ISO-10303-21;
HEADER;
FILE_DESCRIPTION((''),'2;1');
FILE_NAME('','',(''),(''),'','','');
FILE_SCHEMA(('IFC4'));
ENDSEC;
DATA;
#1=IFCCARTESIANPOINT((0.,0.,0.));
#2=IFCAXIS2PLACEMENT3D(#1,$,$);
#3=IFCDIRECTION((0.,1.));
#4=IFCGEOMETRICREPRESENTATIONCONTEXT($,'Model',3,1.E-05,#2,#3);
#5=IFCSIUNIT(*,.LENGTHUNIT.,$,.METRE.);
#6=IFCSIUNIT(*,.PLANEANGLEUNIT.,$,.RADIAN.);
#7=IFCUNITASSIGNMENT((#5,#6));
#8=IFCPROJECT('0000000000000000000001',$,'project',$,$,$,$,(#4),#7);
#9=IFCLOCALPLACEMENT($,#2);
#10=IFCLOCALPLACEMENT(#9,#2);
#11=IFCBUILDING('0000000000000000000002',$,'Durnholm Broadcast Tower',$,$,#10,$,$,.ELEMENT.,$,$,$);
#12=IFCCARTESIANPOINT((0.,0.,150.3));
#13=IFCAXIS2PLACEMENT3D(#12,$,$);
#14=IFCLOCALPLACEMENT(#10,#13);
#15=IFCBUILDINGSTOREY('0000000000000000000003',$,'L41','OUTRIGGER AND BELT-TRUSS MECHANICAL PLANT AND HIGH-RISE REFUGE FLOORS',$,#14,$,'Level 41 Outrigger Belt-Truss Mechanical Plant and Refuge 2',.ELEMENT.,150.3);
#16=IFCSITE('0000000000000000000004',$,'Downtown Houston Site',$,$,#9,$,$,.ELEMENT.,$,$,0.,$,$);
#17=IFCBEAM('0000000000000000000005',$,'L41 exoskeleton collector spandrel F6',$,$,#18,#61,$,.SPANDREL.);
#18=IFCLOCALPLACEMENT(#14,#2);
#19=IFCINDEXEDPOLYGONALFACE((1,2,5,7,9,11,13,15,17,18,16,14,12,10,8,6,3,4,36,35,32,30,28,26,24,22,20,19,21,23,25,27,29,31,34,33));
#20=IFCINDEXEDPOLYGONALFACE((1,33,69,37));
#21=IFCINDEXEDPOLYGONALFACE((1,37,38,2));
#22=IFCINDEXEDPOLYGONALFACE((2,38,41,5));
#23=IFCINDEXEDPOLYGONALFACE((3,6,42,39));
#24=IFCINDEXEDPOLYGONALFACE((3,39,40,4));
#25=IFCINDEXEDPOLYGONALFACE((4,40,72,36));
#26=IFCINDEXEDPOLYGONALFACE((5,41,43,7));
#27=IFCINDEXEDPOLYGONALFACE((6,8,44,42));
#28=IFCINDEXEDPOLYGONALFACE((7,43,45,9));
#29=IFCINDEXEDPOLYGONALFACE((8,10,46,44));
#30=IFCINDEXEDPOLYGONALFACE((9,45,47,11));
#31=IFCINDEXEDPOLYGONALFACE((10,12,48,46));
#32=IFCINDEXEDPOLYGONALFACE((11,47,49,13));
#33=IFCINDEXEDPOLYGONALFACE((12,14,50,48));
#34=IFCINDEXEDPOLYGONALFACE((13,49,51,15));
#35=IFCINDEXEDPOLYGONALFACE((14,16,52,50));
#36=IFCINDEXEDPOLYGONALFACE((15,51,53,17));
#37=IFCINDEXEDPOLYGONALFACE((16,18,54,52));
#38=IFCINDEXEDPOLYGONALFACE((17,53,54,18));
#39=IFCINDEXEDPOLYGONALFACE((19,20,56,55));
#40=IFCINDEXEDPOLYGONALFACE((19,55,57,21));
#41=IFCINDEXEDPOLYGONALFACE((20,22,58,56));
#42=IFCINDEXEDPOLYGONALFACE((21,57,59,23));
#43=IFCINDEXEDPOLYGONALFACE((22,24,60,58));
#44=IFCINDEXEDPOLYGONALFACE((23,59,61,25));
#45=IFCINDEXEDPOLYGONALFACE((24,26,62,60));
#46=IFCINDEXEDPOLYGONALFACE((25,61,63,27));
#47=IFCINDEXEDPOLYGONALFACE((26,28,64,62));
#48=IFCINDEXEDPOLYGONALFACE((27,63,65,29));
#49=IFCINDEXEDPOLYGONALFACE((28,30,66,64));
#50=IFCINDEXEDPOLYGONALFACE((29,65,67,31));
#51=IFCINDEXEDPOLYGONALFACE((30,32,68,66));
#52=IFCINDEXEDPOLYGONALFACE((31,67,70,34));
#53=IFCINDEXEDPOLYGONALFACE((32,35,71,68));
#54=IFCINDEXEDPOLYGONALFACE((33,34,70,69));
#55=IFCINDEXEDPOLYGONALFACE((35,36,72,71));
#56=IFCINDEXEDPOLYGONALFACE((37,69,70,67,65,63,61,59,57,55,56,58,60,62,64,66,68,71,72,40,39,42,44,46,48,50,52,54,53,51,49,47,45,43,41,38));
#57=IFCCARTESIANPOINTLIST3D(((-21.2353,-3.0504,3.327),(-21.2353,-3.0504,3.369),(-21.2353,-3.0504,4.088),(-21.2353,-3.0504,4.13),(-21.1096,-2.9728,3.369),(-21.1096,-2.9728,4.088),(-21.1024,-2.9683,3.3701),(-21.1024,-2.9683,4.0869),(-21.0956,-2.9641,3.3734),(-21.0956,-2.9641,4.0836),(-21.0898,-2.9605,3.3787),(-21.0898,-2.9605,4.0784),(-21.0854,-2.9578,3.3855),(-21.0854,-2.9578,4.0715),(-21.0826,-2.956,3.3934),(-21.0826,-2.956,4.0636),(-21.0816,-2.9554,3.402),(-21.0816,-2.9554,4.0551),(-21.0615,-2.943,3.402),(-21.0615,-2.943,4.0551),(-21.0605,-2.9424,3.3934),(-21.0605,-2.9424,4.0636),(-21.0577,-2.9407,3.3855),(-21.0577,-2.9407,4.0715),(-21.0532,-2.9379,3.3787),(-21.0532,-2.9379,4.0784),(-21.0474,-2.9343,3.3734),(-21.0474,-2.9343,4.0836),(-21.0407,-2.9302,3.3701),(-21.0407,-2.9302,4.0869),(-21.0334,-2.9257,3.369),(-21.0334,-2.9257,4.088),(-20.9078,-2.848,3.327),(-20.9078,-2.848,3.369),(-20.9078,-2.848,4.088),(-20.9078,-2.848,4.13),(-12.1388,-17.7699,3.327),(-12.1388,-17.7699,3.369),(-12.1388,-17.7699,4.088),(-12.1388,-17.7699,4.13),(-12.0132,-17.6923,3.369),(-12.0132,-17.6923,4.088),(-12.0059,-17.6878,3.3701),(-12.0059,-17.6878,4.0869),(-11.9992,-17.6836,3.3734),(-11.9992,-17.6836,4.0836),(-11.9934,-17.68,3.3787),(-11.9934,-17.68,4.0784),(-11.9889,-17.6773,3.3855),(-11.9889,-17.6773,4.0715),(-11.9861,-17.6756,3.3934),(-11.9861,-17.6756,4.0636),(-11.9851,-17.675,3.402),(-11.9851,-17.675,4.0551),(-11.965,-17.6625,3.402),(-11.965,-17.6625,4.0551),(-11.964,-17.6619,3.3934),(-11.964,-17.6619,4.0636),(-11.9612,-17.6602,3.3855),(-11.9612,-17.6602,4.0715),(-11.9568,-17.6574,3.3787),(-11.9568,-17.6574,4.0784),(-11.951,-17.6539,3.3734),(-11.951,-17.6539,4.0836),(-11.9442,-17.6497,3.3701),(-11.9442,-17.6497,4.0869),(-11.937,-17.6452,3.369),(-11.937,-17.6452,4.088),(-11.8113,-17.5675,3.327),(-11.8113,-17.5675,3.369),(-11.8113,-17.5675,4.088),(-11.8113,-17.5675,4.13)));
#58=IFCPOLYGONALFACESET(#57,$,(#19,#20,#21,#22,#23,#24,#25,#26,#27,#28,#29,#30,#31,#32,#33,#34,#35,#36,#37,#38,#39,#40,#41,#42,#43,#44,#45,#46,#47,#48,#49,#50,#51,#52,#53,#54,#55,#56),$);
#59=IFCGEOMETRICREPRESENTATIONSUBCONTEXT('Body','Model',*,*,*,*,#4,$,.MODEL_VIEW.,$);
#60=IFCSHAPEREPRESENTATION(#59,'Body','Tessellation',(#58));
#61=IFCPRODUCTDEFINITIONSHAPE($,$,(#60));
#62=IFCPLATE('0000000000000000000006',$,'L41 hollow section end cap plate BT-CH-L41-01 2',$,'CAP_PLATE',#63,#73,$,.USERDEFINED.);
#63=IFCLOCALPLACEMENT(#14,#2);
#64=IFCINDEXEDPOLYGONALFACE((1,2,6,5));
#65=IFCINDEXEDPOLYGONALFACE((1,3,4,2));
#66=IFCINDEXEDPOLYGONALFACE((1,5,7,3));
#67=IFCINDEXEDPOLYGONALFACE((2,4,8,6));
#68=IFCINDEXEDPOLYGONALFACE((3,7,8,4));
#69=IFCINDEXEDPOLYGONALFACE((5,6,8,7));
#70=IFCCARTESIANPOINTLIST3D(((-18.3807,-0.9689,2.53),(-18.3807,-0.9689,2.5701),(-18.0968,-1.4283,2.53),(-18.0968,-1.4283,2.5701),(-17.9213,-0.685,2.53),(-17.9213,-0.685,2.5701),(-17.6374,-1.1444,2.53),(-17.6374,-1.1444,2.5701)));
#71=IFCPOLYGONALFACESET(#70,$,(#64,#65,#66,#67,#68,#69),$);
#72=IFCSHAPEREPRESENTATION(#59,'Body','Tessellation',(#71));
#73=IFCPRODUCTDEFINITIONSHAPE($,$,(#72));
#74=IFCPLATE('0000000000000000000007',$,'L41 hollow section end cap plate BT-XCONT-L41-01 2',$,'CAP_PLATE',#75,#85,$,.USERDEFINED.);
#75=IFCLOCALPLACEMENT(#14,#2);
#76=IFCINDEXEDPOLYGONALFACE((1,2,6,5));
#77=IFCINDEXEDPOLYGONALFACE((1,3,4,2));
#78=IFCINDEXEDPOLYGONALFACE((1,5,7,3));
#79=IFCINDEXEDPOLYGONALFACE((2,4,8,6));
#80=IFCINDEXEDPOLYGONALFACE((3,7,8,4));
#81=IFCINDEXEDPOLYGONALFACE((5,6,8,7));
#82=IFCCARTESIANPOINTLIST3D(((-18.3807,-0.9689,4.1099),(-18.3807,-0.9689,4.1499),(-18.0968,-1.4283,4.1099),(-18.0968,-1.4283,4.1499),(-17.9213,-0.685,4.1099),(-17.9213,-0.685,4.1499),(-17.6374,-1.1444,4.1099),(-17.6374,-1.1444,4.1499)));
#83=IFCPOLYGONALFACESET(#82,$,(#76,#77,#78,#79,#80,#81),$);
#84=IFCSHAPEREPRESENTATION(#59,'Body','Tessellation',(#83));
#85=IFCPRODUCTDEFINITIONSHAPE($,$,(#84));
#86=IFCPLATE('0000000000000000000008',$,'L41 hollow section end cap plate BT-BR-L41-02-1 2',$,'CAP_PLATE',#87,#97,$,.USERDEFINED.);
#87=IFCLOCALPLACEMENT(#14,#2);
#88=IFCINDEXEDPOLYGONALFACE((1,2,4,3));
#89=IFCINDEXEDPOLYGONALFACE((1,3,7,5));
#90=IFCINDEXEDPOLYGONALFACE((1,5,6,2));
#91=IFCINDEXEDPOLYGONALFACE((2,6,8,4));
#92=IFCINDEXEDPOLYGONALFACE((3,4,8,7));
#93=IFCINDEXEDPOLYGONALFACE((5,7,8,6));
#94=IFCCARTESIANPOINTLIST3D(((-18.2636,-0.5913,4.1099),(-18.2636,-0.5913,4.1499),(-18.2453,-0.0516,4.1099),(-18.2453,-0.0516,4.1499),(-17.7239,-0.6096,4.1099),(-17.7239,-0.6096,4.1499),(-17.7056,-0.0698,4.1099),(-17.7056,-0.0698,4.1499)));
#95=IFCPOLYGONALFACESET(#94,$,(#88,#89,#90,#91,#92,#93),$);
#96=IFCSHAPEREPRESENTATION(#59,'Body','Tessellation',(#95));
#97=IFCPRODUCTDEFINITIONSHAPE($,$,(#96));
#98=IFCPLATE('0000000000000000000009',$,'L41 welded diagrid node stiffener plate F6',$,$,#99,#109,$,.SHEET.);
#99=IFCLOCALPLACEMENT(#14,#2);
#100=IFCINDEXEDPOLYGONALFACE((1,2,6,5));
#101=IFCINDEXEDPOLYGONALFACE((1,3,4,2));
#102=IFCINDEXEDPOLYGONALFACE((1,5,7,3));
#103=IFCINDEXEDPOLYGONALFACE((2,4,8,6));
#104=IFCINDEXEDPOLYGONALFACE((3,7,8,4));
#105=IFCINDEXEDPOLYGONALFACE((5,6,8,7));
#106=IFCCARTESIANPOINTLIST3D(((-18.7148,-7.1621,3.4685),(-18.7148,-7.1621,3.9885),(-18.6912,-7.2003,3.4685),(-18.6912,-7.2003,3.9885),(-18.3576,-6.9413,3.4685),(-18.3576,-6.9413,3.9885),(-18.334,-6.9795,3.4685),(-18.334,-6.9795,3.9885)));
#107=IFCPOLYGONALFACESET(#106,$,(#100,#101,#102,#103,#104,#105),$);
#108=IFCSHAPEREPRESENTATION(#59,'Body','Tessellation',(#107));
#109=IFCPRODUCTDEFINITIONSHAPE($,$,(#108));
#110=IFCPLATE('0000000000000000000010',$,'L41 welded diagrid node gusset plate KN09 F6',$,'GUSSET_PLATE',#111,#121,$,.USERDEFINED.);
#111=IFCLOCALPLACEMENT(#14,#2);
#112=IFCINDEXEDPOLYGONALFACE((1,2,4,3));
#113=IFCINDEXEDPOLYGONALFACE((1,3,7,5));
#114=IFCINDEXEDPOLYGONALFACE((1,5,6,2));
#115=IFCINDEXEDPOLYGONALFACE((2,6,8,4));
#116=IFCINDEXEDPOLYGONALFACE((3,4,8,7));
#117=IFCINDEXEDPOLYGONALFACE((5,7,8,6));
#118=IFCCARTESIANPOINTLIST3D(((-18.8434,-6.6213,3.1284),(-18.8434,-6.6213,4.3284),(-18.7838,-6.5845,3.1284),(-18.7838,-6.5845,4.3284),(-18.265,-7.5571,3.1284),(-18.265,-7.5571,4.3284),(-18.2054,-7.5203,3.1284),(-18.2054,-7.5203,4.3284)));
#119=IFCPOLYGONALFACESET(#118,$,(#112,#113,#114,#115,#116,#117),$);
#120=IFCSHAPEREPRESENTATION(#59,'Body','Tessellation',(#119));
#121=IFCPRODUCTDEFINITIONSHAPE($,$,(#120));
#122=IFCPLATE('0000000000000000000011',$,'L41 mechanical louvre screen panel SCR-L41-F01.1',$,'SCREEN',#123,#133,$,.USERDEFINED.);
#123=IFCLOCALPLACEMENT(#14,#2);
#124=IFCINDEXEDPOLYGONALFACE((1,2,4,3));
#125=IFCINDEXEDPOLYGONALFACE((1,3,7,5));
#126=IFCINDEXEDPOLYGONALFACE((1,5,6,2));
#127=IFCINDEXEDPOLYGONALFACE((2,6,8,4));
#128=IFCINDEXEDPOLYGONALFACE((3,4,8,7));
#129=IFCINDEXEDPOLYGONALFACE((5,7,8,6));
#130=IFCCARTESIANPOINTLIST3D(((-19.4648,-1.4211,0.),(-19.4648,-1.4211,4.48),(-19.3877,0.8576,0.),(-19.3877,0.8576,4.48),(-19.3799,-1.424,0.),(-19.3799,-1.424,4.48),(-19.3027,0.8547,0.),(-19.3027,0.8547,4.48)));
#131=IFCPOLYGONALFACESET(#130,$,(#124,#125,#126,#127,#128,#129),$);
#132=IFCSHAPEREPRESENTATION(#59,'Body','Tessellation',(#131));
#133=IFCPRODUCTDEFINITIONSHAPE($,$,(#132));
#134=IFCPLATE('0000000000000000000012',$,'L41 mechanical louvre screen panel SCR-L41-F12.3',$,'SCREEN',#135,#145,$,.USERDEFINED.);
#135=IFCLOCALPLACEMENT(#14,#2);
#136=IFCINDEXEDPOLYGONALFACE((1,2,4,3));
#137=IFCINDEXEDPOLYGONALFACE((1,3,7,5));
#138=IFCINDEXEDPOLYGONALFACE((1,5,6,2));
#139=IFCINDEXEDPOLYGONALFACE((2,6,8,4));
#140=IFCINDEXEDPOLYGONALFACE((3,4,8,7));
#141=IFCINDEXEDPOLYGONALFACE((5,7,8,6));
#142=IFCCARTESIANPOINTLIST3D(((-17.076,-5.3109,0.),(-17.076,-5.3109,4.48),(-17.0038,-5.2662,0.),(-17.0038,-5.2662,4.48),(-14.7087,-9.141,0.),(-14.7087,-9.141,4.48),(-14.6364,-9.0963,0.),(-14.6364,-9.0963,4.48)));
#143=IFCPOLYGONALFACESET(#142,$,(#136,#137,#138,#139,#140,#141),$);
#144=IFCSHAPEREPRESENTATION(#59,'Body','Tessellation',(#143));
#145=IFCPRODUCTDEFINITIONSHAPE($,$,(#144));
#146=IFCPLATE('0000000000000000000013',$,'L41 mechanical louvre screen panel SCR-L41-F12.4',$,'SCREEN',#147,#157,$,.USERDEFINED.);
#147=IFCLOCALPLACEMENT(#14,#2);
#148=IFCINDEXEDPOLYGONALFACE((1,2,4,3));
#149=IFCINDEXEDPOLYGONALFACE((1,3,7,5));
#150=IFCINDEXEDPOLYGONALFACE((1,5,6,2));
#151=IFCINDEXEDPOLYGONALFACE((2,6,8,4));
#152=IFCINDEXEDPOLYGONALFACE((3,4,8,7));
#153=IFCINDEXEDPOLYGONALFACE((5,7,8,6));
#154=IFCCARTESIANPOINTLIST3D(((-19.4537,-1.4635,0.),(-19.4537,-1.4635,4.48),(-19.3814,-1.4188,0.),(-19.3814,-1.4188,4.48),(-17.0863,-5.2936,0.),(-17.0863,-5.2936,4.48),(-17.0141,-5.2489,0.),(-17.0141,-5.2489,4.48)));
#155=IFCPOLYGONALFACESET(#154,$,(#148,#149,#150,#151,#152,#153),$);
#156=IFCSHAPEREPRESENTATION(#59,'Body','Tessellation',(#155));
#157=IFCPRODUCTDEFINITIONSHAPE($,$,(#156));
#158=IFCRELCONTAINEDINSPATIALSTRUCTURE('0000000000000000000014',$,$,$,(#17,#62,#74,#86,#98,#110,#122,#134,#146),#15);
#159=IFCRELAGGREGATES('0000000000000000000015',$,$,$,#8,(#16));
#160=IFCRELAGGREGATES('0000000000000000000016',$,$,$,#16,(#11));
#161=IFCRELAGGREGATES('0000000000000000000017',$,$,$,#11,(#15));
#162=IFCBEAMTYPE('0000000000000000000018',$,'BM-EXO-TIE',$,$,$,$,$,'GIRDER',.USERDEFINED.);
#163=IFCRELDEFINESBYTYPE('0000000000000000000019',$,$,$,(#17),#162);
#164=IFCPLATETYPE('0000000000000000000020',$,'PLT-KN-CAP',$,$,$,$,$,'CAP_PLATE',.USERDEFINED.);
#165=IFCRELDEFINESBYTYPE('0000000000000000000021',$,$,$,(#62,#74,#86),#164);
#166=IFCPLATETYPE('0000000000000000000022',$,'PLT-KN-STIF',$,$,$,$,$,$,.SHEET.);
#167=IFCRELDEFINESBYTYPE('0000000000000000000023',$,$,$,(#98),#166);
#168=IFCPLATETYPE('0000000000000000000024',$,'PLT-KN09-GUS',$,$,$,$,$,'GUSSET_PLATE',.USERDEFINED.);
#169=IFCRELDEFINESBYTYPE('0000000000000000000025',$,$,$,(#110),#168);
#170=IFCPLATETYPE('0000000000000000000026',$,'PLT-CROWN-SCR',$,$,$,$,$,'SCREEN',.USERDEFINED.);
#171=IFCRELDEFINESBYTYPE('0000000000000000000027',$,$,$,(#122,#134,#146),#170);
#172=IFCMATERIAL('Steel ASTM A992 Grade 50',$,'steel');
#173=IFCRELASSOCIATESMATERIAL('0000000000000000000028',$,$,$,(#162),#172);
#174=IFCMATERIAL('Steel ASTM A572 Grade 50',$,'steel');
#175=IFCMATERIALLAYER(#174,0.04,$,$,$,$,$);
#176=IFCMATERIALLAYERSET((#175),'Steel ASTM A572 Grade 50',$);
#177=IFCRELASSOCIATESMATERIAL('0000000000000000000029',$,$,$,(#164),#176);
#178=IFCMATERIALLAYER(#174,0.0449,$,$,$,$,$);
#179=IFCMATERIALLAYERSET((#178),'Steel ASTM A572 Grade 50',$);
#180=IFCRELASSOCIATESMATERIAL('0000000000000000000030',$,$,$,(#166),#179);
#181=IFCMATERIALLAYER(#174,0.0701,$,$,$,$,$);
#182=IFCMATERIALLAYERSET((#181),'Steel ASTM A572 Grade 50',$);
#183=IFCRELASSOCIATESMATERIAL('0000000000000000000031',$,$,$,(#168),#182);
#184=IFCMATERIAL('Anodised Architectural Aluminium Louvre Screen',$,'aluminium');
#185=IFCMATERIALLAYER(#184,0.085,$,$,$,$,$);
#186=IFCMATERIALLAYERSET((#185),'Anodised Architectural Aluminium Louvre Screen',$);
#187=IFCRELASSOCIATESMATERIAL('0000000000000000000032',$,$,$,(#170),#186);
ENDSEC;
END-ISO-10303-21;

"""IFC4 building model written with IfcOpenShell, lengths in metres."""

from ifc_helpers import new_model, si_unit, direction, frame, origin, origin_2d, place, context, subcontext, project, spatial, rectangle, i_section, extrude, source, transform, mapped, material, layer, layer_set, material_profile, profile_set, type_object, type_shapes, element, save


model = new_model("IFC4")

# Units and contexts
model_context = context("Model", 3, precision=1e-05, world=origin(), true_north=direction((0.0, 1.0)))
body_context = subcontext(model_context, "Body", "Model", "MODEL_VIEW")
ifc_project = project(units=[si_unit("LENGTHUNIT", "METRE"), si_unit("PLANEANGLEUNIT", "RADIAN")], contexts=[model_context])

# Site, building, storey
site_placement = place(None, origin())
site = spatial("IfcSite", under=ifc_project, at=site_placement, Name="Downtown Houston Site", CompositionType="ELEMENT", RefElevation=0.0)
building_placement = place(site_placement, origin())
building = spatial("IfcBuilding", under=site, at=building_placement, Name="Durnholm Broadcast Tower", CompositionType="ELEMENT")
storey_placement = place(building_placement, frame((0.0, 0.0, 150.3)))
storey = spatial("IfcBuildingStorey", under=building, at=storey_placement, Name="L41", Description="OUTRIGGER AND BELT-TRUSS MECHANICAL PLANT AND HIGH-RISE REFUGE FLOORS", LongName="Level 41 Outrigger Belt-Truss Mechanical Plant and Refuge 2", CompositionType="ELEMENT", Elevation=150.3)

# Shared definitions
ifc_material_1 = material(Name="Steel ASTM A992 Grade 50", Category="steel")
ifc_material_profile_1 = material_profile(ifc_material_1, i_section(OverallWidth=0.385, OverallDepth=0.803, WebThickness=0.0237, FlangeThickness=0.042, FilletRadius=0.033, at=origin_2d()), Name="W30X261")
ifc_profile_set_1 = profile_set([ifc_material_profile_1], Name="Steel ASTM A992 Grade 50")
beam_type_1 = type_object("IfcBeamType", Name="BM-EXO-TIE", ElementType="GIRDER", PredefinedType="USERDEFINED", material=ifc_profile_set_1)

# Beam
shared_shape_1 = source(origin(), body_context, "Body", "SweptSolid", [
    extrude(i_section(OverallWidth=0.385, OverallDepth=0.803, WebThickness=0.0237, FlangeThickness=0.042, FilletRadius=0.033, at=origin_2d()), origin(), (0.0, 0.0, 1.0), 17.3035),
])
for number, where, z_axis, x_axis, name in (
    (1, (-21.0715, -2.9492, 3.7285), (0.525702, -0.850669, 0.0), (0.850669, 0.525702, 0.0), "L41 exoskeleton collector spandrel F6"),
):
    element("IfcBeam", number, at=place(storey_placement, frame(where, z_axis=z_axis, x_axis=x_axis)), inside=storey, type_object=beam_type_1, Name=name, PredefinedType="SPANDREL", context=body_context, shape_type="MappedRepresentation", body=[
        mapped(shared_shape_1, transform((0.0, 0.0, 0.0), x_axis=(1.0, 0.0, 0.0), y_axis=(0.0, 1.0, 0.0), z_axis=(0.0, 0.0, 1.0), scale=1.0)),
    ])

# Plates
ifc_material_2 = material(Name="Steel ASTM A572 Grade 50", Category="steel")
ifc_layer_1 = layer(ifc_material_2, 0.04)
ifc_layer_set_1 = layer_set([ifc_layer_1], Name="Steel ASTM A572 Grade 50")
plate_type_1 = type_object("IfcPlateType", Name="PLT-KN-CAP", ElementType="CAP_PLATE", PredefinedType="USERDEFINED", material=ifc_layer_set_1)
shared_shape_2 = source(origin(), body_context, "Body", "SweptSolid", [
    extrude(rectangle(XDim=0.54, YDim=0.54, at=origin_2d()), origin(), (0.0, 0.0, 1.0), 0.04),
])
type_shapes(plate_type_1, [shared_shape_2])
for number, where, z_axis, x_axis, name in (
    (2, (-18.009, -1.0566, 2.53), (0.0, 0.0, 1.0), (-0.525769, 0.850628, 0.0), "L41 hollow section end cap plate BT-CH-L41-01 2"),
    (3, (-18.009, -1.0566, 4.1099), (0.0, 0.0, 1.0), (-0.525769, 0.850628, 0.0), "L41 hollow section end cap plate BT-XCONT-L41-01 2"),
    (4, (-17.9846, -0.3306, 4.1099), (0.0, 0.0, 1.0), (0.033853, 0.999427, 0.0), "L41 hollow section end cap plate BT-BR-L41-02-1 2"),
):
    element("IfcPlate", number, at=place(storey_placement, frame(where, z_axis=z_axis, x_axis=x_axis)), inside=storey, type_object=plate_type_1, Name=name, ObjectType="CAP_PLATE", PredefinedType="USERDEFINED", context=body_context, shape_type="MappedRepresentation", body=[
        mapped(shared_shape_2, transform((0.0, 0.0, 0.0), x_axis=(1.0, 0.0, 0.0), y_axis=(0.0, 1.0, 0.0), z_axis=(0.0, 0.0, 1.0), scale=1.0)),
    ])
ifc_layer_2 = layer(ifc_material_2, 0.0449)
ifc_layer_set_2 = layer_set([ifc_layer_2], Name="Steel ASTM A572 Grade 50")
plate_type_2 = type_object("IfcPlateType", Name="PLT-KN-STIF", PredefinedType="SHEET", material=ifc_layer_set_2)
shared_shape_3 = source(origin(), body_context, "Body", "SweptSolid", [
    extrude(rectangle(XDim=0.0449, YDim=0.4199, at=origin_2d()), origin(), (0.0, 0.0, 1.0), 0.52),
])
type_shapes(plate_type_2, [shared_shape_3])
plate_1_placement = place(storey_placement, frame((-18.5244, -7.0708, 3.4685), z_axis=(0.0, 0.0, 1.0), x_axis=(0.525769, -0.850628, 0.0)))
element("IfcPlate", 5, at=plate_1_placement, inside=storey, type_object=plate_type_2, Name="L41 welded diagrid node stiffener plate F6", PredefinedType="SHEET", context=body_context, shape_type="MappedRepresentation", body=[
    mapped(shared_shape_3, transform((0.0, 0.0, 0.0), x_axis=(1.0, 0.0, 0.0), y_axis=(0.0, 1.0, 0.0), z_axis=(0.0, 0.0, 1.0), scale=1.0)),
])
ifc_layer_3 = layer(ifc_material_2, 0.0701)
ifc_layer_set_3 = layer_set([ifc_layer_3], Name="Steel ASTM A572 Grade 50")
plate_type_3 = type_object("IfcPlateType", Name="PLT-KN09-GUS", ElementType="GUSSET_PLATE", PredefinedType="USERDEFINED", material=ifc_layer_set_3)
shared_shape_4 = source(origin(), body_context, "Body", "SweptSolid", [
    extrude(rectangle(XDim=1.1001, YDim=0.0701, at=origin_2d()), origin(), (0.0, 0.0, 1.0), 1.2),
])
type_shapes(plate_type_3, [shared_shape_4])
plate_2_placement = place(storey_placement, frame((-18.5244, -7.0708, 3.1284), z_axis=(0.0, 0.0, 1.0), x_axis=(0.525769, -0.850628, 0.0)))
element("IfcPlate", 6, at=plate_2_placement, inside=storey, type_object=plate_type_3, Name="L41 welded diagrid node gusset plate KN09 F6", ObjectType="GUSSET_PLATE", PredefinedType="USERDEFINED", context=body_context, shape_type="MappedRepresentation", body=[
    mapped(shared_shape_4, transform((0.0, 0.0, 0.0), x_axis=(1.0, 0.0, 0.0), y_axis=(0.0, 1.0, 0.0), z_axis=(0.0, 0.0, 1.0), scale=1.0)),
])
ifc_material_3 = material(Name="Anodised Architectural Aluminium Louvre Screen", Category="aluminium")
ifc_layer_4 = layer(ifc_material_3, 0.085)
ifc_layer_set_4 = layer_set([ifc_layer_4], Name="Anodised Architectural Aluminium Louvre Screen")
plate_type_4 = type_object("IfcPlateType", Name="PLT-CROWN-SCR", ElementType="SCREEN", PredefinedType="USERDEFINED", material=ifc_layer_set_4)
shared_shape_5 = source(origin(), body_context, "Body", "SweptSolid", [
    extrude(rectangle(XDim=2.28, YDim=0.085, at=origin_2d()), origin(), (0.0, 0.0, 1.0), 4.48),
])
plate_3_placement = place(storey_placement, frame((-19.3838, -0.2832, 0.0), z_axis=(0.0, 0.0, 1.0), x_axis=(0.033853, 0.999427, 0.0)))
element("IfcPlate", 7, at=plate_3_placement, inside=storey, type_object=plate_type_4, Name="L41 mechanical louvre screen panel SCR-L41-F01.1", ObjectType="SCREEN", PredefinedType="USERDEFINED", context=body_context, shape_type="MappedRepresentation", body=[
    mapped(shared_shape_5, transform((0.0, 0.0, 0.0), x_axis=(1.0, 0.0, 0.0), y_axis=(0.0, 1.0, 0.0), z_axis=(0.0, 0.0, 1.0), scale=1.0)),
])
shared_shape_6 = source(origin(), body_context, "Body", "SweptSolid", [
    extrude(rectangle(XDim=4.5027, YDim=0.085, at=origin_2d()), origin(), (0.0, 0.0, 1.0), 4.48),
])
type_shapes(plate_type_4, [shared_shape_5, shared_shape_6])
for number, where, z_axis, x_axis, name in (
    (8, (-15.8562, -7.2036, 0.0), (0.0, 0.0, 1.0), (-0.525769, 0.850628, 0.0), "L41 mechanical louvre screen panel SCR-L41-F12.3"),
    (9, (-18.2339, -3.3562, 0.0), (0.0, 0.0, 1.0), (-0.525769, 0.850628, 0.0), "L41 mechanical louvre screen panel SCR-L41-F12.4"),
):
    element("IfcPlate", number, at=place(storey_placement, frame(where, z_axis=z_axis, x_axis=x_axis)), inside=storey, type_object=plate_type_4, Name=name, ObjectType="SCREEN", PredefinedType="USERDEFINED", context=body_context, shape_type="MappedRepresentation", body=[
        mapped(shared_shape_6, transform((0.0, 0.0, 0.0), x_axis=(1.0, 0.0, 0.0), y_axis=(0.0, 1.0, 0.0), z_axis=(0.0, 0.0, 1.0), scale=1.0)),
    ])

save(model, "model.ifc")
